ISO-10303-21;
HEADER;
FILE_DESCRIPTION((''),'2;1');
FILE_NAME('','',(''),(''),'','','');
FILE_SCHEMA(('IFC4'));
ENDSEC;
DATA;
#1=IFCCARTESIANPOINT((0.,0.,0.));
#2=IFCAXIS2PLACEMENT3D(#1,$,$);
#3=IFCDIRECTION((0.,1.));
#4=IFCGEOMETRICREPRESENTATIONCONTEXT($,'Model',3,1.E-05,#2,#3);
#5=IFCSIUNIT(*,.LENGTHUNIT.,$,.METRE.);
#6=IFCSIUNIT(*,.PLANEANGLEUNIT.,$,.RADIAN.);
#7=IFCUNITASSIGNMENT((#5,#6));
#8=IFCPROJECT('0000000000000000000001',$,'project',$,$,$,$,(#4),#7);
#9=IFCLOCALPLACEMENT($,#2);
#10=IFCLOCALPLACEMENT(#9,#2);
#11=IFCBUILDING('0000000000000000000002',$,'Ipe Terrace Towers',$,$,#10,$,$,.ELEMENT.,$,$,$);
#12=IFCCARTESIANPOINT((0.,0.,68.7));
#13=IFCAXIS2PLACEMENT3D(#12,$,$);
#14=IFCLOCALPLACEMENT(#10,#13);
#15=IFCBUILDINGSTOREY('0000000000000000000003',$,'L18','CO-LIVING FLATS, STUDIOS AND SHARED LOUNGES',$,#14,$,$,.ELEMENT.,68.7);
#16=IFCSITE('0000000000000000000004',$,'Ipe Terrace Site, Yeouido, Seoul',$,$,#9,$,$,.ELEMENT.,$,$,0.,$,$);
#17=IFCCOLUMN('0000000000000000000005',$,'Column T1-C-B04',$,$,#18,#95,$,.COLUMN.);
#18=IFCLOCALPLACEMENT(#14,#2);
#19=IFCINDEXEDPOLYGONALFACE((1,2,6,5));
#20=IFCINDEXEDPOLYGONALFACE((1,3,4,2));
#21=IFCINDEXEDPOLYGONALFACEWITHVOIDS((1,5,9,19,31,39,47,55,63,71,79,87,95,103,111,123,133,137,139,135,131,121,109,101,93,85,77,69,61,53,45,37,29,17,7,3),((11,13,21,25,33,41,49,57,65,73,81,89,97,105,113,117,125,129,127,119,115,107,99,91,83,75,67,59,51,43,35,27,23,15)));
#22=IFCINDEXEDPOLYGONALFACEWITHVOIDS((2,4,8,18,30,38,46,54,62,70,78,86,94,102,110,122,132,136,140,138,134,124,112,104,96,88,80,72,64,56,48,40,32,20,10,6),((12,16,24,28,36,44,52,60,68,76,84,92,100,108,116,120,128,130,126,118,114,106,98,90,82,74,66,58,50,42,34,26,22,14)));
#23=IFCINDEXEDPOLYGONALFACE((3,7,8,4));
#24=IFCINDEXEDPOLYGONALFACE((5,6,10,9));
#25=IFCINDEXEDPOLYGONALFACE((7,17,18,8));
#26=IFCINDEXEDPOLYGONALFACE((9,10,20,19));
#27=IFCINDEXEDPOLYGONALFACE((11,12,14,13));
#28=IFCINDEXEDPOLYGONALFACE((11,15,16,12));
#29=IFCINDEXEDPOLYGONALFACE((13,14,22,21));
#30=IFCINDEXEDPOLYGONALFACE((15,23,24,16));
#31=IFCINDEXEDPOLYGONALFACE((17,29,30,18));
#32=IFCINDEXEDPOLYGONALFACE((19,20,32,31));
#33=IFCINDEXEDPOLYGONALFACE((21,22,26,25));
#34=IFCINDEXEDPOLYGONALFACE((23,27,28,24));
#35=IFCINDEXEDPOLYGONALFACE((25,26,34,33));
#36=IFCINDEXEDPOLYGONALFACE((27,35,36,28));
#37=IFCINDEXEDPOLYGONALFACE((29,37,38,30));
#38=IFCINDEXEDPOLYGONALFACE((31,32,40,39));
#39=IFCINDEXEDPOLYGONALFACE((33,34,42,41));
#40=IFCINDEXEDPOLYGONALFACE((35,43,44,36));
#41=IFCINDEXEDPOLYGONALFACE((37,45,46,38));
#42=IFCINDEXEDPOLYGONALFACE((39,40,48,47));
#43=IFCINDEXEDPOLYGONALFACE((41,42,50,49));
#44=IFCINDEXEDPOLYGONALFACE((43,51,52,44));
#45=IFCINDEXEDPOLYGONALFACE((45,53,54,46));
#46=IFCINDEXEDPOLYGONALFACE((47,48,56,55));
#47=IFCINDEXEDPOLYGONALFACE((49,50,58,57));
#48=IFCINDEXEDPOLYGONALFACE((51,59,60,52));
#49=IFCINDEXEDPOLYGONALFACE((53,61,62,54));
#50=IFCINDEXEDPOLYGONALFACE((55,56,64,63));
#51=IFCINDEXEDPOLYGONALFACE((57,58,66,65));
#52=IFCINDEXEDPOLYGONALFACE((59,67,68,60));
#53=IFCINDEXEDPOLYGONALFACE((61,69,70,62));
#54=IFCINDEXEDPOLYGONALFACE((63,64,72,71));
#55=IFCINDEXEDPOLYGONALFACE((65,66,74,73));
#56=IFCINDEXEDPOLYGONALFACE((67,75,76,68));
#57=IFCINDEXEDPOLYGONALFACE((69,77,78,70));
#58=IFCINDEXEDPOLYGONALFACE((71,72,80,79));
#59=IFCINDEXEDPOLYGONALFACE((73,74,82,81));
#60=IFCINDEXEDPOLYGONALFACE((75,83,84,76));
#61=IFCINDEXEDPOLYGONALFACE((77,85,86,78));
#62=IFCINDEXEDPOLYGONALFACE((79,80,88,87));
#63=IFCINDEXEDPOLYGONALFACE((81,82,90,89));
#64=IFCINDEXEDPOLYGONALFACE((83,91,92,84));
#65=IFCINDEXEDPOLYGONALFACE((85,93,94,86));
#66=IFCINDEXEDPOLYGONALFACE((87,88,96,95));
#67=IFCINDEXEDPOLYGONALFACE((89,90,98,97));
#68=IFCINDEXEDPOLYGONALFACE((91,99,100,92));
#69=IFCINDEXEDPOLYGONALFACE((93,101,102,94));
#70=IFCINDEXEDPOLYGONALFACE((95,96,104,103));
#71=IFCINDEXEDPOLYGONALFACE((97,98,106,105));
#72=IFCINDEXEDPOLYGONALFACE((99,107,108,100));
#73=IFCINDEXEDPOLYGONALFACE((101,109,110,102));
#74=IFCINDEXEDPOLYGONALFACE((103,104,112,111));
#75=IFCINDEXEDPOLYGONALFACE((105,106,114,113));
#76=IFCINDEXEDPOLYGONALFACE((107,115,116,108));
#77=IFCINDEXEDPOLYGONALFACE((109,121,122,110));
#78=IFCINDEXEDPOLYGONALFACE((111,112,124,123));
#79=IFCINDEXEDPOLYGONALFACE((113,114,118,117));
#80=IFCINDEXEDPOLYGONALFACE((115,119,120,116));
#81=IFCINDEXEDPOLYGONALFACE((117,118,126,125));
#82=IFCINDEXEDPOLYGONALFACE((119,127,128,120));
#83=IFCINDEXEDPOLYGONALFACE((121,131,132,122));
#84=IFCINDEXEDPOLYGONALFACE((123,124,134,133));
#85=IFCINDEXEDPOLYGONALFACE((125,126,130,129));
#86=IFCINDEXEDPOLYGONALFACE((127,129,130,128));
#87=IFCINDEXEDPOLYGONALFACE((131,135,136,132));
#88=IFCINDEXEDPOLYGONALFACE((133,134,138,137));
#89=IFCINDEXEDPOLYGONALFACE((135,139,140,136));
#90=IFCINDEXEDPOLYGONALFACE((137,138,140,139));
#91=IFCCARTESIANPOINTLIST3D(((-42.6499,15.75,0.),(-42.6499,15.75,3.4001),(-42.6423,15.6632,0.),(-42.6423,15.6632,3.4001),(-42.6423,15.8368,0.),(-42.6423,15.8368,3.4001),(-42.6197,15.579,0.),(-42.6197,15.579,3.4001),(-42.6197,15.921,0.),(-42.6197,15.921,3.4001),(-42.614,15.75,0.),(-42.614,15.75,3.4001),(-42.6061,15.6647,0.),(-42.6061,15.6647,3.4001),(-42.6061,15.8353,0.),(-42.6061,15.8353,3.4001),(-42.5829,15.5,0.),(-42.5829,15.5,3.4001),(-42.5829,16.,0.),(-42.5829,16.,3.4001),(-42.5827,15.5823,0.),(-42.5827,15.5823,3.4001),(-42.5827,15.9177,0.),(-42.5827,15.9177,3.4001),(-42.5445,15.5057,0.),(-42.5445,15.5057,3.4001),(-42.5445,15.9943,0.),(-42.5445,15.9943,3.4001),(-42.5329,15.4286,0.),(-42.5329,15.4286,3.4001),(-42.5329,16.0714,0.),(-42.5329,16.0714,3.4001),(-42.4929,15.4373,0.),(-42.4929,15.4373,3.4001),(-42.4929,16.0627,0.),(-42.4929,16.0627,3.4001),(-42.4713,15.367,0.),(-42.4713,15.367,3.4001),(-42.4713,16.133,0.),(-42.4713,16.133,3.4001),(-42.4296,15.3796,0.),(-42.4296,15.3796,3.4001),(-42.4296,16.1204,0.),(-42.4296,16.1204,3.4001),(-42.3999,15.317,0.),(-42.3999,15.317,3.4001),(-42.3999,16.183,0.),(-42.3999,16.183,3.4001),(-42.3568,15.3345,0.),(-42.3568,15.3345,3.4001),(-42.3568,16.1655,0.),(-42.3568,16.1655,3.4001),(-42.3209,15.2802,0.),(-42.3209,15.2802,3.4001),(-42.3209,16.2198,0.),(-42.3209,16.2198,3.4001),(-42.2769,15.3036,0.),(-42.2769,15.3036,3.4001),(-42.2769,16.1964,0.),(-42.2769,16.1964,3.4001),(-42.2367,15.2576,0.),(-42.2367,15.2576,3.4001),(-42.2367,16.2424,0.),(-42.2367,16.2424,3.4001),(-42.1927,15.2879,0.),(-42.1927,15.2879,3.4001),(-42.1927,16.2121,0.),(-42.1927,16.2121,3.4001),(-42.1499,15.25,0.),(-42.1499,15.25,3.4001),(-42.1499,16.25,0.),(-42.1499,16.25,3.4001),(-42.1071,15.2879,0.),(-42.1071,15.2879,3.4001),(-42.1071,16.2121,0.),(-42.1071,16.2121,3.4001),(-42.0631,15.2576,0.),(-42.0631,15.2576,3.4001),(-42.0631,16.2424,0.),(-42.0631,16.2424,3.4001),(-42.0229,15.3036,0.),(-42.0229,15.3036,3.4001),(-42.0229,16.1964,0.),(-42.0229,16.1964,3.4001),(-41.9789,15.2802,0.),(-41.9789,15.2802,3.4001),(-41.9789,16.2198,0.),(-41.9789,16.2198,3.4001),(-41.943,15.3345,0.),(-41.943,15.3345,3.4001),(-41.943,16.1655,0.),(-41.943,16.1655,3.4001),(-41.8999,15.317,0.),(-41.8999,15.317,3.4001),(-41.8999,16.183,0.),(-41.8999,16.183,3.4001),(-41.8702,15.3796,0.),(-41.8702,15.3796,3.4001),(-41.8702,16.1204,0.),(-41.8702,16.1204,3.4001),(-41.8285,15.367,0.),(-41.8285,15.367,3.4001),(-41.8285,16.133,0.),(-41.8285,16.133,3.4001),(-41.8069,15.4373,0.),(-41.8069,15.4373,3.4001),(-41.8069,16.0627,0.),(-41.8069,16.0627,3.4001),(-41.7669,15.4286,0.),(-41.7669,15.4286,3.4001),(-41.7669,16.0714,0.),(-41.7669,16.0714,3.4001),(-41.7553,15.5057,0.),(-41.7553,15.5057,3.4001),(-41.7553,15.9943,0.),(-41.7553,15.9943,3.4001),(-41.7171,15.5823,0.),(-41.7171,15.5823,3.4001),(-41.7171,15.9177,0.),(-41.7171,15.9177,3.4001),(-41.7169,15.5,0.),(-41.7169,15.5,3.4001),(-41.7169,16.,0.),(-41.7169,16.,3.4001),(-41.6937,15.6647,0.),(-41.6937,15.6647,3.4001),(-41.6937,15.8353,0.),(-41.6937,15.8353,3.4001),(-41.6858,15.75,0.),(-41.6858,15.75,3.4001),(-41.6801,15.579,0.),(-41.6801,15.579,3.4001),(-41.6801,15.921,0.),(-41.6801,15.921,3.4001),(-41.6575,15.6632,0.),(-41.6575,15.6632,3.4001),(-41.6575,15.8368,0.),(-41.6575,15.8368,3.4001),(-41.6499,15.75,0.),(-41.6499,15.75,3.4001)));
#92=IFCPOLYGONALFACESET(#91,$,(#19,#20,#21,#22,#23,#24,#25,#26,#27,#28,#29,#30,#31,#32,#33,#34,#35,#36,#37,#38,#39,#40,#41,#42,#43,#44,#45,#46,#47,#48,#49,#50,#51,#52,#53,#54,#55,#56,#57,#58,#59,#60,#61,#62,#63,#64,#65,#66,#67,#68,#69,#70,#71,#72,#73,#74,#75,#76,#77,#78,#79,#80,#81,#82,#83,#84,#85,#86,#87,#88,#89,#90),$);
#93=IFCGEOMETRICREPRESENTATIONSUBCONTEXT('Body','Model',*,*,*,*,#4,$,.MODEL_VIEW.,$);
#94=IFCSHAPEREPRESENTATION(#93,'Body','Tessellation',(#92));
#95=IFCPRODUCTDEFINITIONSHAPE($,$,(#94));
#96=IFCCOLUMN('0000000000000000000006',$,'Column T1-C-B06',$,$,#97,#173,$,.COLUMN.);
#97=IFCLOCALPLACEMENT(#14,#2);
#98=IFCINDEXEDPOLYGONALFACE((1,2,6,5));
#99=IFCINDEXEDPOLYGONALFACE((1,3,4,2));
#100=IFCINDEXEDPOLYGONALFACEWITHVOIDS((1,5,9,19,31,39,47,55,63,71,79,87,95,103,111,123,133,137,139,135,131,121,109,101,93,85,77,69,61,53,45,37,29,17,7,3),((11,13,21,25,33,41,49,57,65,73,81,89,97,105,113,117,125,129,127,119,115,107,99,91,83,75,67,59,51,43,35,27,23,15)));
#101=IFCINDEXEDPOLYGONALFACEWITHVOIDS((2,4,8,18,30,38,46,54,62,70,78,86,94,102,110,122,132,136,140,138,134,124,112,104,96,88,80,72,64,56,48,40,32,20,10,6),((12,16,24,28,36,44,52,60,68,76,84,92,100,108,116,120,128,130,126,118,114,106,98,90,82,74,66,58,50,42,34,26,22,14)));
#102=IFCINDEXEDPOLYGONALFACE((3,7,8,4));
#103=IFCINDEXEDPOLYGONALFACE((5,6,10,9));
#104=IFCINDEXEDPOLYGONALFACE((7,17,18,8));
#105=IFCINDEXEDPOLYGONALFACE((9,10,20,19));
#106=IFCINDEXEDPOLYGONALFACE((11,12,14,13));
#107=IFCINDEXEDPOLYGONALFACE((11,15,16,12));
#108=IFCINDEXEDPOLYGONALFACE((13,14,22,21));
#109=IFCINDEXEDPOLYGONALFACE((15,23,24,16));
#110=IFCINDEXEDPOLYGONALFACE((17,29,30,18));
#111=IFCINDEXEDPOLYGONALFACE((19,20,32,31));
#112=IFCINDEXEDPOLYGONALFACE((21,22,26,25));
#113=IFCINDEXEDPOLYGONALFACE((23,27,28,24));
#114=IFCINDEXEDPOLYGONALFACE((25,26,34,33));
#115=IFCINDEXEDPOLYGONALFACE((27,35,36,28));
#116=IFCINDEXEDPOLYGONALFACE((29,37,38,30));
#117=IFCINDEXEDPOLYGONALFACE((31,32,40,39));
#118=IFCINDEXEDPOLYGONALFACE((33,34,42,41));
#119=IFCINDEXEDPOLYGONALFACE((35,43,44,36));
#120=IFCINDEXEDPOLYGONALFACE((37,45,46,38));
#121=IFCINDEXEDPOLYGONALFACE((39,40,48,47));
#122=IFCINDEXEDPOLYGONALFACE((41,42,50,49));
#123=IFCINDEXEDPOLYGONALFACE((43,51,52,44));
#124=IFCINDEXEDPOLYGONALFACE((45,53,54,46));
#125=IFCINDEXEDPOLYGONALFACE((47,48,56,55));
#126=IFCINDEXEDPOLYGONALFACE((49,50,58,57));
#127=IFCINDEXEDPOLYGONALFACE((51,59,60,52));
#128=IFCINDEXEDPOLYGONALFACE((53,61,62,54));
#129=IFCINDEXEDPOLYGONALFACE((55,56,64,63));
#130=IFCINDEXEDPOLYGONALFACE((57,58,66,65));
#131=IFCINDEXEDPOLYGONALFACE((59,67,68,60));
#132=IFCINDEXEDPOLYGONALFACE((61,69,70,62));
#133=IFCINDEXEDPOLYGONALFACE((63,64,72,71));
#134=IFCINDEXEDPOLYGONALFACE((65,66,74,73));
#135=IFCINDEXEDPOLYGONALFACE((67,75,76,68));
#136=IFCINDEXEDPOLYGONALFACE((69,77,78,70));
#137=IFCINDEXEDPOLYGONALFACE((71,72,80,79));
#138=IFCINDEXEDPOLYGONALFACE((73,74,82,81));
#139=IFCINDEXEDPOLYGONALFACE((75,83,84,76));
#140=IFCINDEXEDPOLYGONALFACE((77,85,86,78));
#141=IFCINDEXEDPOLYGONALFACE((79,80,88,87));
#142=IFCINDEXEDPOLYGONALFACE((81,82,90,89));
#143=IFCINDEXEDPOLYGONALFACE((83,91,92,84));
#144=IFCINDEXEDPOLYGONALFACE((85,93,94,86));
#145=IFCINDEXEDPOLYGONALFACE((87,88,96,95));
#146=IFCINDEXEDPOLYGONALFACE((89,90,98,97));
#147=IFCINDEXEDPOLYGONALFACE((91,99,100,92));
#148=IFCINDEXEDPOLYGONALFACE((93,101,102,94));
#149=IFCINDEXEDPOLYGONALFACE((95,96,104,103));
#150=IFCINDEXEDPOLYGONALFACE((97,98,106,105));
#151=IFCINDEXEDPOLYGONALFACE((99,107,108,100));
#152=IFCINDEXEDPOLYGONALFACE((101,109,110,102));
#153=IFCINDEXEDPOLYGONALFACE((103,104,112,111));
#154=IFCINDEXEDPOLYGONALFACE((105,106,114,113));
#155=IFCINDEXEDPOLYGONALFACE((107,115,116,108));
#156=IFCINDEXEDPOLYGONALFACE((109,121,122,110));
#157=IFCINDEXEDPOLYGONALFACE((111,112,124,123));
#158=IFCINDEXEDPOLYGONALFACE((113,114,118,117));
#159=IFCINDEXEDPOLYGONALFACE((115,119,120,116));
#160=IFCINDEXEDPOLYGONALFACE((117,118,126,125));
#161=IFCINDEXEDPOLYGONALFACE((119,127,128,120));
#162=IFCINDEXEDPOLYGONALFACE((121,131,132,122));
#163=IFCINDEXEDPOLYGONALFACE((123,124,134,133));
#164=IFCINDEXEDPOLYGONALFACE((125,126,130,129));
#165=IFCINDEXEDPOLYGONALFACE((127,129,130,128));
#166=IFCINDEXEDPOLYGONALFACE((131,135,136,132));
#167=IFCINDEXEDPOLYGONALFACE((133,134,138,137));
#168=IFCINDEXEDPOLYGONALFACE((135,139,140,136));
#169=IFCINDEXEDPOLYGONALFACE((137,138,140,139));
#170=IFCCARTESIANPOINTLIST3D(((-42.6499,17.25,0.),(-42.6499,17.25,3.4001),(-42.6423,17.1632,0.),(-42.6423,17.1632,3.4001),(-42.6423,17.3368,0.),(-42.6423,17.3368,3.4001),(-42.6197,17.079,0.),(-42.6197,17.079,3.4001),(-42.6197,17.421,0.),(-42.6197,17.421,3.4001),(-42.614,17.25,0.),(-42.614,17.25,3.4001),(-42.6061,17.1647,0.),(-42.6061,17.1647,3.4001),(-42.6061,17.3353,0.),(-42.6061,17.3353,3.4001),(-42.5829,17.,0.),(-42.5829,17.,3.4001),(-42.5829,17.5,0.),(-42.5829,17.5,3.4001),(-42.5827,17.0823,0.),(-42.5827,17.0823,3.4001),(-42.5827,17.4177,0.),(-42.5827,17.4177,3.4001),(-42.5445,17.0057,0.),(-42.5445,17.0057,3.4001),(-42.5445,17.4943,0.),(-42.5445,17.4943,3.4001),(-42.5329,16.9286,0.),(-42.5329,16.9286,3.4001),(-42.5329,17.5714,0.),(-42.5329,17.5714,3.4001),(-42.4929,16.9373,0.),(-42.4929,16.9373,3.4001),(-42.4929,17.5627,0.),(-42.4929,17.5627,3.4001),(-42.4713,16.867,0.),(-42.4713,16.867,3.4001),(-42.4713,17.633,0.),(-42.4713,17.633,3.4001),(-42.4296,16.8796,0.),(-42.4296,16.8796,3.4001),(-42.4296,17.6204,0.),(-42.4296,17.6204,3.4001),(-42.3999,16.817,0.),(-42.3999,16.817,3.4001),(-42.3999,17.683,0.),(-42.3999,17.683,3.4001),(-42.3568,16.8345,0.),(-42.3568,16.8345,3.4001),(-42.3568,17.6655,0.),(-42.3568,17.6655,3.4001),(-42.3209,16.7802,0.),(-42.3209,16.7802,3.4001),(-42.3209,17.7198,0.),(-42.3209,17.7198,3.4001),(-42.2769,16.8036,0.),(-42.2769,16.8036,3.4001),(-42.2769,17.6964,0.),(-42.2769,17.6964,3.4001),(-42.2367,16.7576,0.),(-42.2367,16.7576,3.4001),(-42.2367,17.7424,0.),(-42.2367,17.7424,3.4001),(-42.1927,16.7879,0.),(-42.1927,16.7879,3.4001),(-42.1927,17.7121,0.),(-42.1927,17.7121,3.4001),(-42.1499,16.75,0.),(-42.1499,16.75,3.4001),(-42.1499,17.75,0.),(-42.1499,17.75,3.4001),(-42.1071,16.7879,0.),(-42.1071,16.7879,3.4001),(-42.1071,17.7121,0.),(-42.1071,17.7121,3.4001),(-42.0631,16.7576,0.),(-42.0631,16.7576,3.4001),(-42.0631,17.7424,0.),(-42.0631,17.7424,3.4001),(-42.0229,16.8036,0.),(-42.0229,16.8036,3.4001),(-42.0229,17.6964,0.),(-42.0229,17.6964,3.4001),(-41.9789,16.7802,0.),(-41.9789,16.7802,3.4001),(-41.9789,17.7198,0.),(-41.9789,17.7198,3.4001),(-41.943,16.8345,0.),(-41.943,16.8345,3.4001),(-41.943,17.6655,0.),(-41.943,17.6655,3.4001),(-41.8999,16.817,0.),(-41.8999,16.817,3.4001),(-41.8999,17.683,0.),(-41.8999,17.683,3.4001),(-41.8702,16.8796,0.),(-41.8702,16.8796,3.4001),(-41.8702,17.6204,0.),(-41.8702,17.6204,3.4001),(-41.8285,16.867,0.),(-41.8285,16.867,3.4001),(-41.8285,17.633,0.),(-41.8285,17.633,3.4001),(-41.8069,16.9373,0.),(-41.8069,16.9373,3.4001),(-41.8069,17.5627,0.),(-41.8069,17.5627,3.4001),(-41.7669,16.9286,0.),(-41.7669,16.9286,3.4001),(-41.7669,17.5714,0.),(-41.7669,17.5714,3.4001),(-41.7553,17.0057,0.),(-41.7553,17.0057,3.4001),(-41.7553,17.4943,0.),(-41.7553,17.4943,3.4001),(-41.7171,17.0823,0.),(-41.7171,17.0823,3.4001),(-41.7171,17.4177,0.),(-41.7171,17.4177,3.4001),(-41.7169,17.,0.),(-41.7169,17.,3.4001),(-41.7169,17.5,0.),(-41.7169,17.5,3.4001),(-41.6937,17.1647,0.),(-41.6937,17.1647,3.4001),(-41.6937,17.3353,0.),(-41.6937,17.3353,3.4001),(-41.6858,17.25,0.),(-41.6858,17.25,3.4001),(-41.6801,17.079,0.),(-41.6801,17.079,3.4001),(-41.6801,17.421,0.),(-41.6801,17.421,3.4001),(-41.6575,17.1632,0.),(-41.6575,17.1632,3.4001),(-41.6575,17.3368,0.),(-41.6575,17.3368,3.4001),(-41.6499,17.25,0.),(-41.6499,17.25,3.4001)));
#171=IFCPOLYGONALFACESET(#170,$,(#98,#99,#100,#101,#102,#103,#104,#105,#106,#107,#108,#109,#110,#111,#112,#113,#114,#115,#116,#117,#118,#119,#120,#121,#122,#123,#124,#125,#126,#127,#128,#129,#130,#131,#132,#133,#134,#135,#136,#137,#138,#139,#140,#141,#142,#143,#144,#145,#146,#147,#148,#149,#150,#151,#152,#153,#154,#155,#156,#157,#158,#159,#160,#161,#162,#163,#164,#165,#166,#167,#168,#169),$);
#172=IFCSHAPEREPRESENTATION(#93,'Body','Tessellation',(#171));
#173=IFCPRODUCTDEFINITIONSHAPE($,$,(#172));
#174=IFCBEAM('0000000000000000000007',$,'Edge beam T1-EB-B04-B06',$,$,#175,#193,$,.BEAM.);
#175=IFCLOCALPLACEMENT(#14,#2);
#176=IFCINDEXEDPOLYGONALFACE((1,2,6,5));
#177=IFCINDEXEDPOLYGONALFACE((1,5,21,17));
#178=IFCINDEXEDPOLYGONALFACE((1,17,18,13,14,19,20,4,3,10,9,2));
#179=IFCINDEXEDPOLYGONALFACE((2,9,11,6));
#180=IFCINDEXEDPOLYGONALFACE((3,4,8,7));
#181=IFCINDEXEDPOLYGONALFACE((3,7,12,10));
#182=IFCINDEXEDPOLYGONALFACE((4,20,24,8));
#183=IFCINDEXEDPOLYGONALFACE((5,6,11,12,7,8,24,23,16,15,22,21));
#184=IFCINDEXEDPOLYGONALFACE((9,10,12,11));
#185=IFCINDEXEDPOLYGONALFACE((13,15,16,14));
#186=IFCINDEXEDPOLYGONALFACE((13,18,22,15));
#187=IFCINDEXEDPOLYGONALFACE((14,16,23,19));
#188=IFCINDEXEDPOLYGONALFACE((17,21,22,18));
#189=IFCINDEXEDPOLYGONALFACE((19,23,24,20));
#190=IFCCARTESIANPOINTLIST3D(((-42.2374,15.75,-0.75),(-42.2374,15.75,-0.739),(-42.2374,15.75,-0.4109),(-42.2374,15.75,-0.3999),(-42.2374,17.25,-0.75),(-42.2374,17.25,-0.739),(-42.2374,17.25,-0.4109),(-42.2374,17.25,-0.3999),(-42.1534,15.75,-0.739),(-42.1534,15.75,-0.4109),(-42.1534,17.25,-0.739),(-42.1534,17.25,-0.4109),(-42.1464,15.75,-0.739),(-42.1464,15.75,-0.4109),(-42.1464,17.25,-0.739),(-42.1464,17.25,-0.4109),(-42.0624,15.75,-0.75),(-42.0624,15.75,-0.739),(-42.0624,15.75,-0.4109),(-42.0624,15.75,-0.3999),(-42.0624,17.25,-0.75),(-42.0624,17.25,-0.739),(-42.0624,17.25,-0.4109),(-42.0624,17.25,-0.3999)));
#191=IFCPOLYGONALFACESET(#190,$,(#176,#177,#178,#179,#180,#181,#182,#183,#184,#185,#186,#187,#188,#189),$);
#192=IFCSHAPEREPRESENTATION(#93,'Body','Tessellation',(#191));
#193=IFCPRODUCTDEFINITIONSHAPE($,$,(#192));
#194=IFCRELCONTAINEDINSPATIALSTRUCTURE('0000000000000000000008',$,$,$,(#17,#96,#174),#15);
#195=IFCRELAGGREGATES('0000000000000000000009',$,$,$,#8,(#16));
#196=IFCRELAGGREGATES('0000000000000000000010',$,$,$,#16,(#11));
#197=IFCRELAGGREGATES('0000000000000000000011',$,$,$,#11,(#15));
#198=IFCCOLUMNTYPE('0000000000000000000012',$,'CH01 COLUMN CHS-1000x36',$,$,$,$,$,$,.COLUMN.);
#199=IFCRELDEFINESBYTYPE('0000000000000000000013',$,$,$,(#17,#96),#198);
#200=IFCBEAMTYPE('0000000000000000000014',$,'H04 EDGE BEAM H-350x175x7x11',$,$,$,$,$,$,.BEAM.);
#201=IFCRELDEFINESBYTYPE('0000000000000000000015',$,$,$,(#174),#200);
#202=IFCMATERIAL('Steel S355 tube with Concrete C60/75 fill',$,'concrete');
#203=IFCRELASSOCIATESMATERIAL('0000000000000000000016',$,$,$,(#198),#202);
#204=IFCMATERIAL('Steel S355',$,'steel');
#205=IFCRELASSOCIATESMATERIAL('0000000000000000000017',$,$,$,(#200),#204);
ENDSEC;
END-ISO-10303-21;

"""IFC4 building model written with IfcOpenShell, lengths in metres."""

from ifc_helpers import new_model, si_unit, direction, frame, origin, origin_2d, place, context, subcontext, project, spatial, hollow_circle, i_section, extrude, material, material_profile, profile_set, type_object, element, save


model = new_model("IFC4")

# Units and contexts
model_context = context("Model", 3, precision=1e-05, world=origin(), true_north=direction((0.0, 1.0)))
body_context = subcontext(model_context, "Body", "Model", "MODEL_VIEW")
ifc_project = project(units=[si_unit("LENGTHUNIT", "METRE"), si_unit("PLANEANGLEUNIT", "RADIAN")], contexts=[model_context])

# Site, building, storey
site_placement = place(None, origin())
site = spatial("IfcSite", under=ifc_project, at=site_placement, Name="Ipe Terrace Site, Yeouido, Seoul", CompositionType="ELEMENT", RefElevation=0.0)
building_placement = place(site_placement, origin())
building = spatial("IfcBuilding", under=site, at=building_placement, Name="Ipe Terrace Towers", CompositionType="ELEMENT")
storey_placement = place(building_placement, frame((0.0, 0.0, 68.7)))
storey = spatial("IfcBuildingStorey", under=building, at=storey_placement, Name="L18", Description="CO-LIVING FLATS, STUDIOS AND SHARED LOUNGES", CompositionType="ELEMENT", Elevation=68.7)

# Columns
ifc_material_1 = material(Name="Steel S355 tube with Concrete C60/75 fill", Category="concrete")
ifc_material_profile_1 = material_profile(ifc_material_1, hollow_circle(Radius=0.5, WallThickness=0.0359, at=origin_2d()), Name="CHS-1000x36")
ifc_profile_set_1 = profile_set([ifc_material_profile_1], Name="Steel S355 tube with Concrete C60/75 fill")
column_type = type_object("IfcColumnType", Name="CH01 COLUMN CHS-1000x36", PredefinedType="COLUMN", material=ifc_profile_set_1)
for number, where, z_axis, x_axis, name in (
    (1, (-42.1499, 15.75, 0.0), (0.0, 0.0, 1.0), (1.0, 0.0, 0.0), "Column T1-C-B04"),
    (2, (-42.1499, 17.25, 0.0), (0.0, 0.0, 1.0), (1.0, 0.0, 0.0), "Column T1-C-B06"),
):
    element("IfcColumn", number, at=place(storey_placement, frame(where, z_axis=z_axis, x_axis=x_axis)), inside=storey, type_object=column_type, Name=name, PredefinedType="COLUMN", context=body_context, shape_type="SweptSolid", body=[
        extrude(hollow_circle(Radius=0.5, WallThickness=0.0359, at=origin_2d()), origin(), (0.0, 0.0, 1.0), 3.4001),
    ])

# Beam
ifc_material_2 = material(Name="Steel S355", Category="steel")
ifc_material_profile_2 = material_profile(ifc_material_2, i_section(OverallWidth=0.175, OverallDepth=0.3501, WebThickness=0.0071, FlangeThickness=0.011, at=origin_2d()), Name="H-350x175x7x11")
ifc_profile_set_2 = profile_set([ifc_material_profile_2], Name="Steel S355")
beam_type = type_object("IfcBeamType", Name="H04 EDGE BEAM H-350x175x7x11", PredefinedType="BEAM", material=ifc_profile_set_2)
beam_placement = place(storey_placement, frame((-42.1499, 15.75, -0.575), z_axis=(0.0, 1.0, 0.0), x_axis=(-1.0, 0.0, 0.0)))
element("IfcBeam", 3, at=beam_placement, inside=storey, type_object=beam_type, Name="Edge beam T1-EB-B04-B06", PredefinedType="BEAM", context=body_context, shape_type="SweptSolid", body=[
    extrude(i_section(OverallWidth=0.175, OverallDepth=0.3501, WebThickness=0.0071, FlangeThickness=0.011, at=origin_2d()), origin(), (0.0, 0.0, 1.0), 1.5),
])

save(model, "model.ifc")
